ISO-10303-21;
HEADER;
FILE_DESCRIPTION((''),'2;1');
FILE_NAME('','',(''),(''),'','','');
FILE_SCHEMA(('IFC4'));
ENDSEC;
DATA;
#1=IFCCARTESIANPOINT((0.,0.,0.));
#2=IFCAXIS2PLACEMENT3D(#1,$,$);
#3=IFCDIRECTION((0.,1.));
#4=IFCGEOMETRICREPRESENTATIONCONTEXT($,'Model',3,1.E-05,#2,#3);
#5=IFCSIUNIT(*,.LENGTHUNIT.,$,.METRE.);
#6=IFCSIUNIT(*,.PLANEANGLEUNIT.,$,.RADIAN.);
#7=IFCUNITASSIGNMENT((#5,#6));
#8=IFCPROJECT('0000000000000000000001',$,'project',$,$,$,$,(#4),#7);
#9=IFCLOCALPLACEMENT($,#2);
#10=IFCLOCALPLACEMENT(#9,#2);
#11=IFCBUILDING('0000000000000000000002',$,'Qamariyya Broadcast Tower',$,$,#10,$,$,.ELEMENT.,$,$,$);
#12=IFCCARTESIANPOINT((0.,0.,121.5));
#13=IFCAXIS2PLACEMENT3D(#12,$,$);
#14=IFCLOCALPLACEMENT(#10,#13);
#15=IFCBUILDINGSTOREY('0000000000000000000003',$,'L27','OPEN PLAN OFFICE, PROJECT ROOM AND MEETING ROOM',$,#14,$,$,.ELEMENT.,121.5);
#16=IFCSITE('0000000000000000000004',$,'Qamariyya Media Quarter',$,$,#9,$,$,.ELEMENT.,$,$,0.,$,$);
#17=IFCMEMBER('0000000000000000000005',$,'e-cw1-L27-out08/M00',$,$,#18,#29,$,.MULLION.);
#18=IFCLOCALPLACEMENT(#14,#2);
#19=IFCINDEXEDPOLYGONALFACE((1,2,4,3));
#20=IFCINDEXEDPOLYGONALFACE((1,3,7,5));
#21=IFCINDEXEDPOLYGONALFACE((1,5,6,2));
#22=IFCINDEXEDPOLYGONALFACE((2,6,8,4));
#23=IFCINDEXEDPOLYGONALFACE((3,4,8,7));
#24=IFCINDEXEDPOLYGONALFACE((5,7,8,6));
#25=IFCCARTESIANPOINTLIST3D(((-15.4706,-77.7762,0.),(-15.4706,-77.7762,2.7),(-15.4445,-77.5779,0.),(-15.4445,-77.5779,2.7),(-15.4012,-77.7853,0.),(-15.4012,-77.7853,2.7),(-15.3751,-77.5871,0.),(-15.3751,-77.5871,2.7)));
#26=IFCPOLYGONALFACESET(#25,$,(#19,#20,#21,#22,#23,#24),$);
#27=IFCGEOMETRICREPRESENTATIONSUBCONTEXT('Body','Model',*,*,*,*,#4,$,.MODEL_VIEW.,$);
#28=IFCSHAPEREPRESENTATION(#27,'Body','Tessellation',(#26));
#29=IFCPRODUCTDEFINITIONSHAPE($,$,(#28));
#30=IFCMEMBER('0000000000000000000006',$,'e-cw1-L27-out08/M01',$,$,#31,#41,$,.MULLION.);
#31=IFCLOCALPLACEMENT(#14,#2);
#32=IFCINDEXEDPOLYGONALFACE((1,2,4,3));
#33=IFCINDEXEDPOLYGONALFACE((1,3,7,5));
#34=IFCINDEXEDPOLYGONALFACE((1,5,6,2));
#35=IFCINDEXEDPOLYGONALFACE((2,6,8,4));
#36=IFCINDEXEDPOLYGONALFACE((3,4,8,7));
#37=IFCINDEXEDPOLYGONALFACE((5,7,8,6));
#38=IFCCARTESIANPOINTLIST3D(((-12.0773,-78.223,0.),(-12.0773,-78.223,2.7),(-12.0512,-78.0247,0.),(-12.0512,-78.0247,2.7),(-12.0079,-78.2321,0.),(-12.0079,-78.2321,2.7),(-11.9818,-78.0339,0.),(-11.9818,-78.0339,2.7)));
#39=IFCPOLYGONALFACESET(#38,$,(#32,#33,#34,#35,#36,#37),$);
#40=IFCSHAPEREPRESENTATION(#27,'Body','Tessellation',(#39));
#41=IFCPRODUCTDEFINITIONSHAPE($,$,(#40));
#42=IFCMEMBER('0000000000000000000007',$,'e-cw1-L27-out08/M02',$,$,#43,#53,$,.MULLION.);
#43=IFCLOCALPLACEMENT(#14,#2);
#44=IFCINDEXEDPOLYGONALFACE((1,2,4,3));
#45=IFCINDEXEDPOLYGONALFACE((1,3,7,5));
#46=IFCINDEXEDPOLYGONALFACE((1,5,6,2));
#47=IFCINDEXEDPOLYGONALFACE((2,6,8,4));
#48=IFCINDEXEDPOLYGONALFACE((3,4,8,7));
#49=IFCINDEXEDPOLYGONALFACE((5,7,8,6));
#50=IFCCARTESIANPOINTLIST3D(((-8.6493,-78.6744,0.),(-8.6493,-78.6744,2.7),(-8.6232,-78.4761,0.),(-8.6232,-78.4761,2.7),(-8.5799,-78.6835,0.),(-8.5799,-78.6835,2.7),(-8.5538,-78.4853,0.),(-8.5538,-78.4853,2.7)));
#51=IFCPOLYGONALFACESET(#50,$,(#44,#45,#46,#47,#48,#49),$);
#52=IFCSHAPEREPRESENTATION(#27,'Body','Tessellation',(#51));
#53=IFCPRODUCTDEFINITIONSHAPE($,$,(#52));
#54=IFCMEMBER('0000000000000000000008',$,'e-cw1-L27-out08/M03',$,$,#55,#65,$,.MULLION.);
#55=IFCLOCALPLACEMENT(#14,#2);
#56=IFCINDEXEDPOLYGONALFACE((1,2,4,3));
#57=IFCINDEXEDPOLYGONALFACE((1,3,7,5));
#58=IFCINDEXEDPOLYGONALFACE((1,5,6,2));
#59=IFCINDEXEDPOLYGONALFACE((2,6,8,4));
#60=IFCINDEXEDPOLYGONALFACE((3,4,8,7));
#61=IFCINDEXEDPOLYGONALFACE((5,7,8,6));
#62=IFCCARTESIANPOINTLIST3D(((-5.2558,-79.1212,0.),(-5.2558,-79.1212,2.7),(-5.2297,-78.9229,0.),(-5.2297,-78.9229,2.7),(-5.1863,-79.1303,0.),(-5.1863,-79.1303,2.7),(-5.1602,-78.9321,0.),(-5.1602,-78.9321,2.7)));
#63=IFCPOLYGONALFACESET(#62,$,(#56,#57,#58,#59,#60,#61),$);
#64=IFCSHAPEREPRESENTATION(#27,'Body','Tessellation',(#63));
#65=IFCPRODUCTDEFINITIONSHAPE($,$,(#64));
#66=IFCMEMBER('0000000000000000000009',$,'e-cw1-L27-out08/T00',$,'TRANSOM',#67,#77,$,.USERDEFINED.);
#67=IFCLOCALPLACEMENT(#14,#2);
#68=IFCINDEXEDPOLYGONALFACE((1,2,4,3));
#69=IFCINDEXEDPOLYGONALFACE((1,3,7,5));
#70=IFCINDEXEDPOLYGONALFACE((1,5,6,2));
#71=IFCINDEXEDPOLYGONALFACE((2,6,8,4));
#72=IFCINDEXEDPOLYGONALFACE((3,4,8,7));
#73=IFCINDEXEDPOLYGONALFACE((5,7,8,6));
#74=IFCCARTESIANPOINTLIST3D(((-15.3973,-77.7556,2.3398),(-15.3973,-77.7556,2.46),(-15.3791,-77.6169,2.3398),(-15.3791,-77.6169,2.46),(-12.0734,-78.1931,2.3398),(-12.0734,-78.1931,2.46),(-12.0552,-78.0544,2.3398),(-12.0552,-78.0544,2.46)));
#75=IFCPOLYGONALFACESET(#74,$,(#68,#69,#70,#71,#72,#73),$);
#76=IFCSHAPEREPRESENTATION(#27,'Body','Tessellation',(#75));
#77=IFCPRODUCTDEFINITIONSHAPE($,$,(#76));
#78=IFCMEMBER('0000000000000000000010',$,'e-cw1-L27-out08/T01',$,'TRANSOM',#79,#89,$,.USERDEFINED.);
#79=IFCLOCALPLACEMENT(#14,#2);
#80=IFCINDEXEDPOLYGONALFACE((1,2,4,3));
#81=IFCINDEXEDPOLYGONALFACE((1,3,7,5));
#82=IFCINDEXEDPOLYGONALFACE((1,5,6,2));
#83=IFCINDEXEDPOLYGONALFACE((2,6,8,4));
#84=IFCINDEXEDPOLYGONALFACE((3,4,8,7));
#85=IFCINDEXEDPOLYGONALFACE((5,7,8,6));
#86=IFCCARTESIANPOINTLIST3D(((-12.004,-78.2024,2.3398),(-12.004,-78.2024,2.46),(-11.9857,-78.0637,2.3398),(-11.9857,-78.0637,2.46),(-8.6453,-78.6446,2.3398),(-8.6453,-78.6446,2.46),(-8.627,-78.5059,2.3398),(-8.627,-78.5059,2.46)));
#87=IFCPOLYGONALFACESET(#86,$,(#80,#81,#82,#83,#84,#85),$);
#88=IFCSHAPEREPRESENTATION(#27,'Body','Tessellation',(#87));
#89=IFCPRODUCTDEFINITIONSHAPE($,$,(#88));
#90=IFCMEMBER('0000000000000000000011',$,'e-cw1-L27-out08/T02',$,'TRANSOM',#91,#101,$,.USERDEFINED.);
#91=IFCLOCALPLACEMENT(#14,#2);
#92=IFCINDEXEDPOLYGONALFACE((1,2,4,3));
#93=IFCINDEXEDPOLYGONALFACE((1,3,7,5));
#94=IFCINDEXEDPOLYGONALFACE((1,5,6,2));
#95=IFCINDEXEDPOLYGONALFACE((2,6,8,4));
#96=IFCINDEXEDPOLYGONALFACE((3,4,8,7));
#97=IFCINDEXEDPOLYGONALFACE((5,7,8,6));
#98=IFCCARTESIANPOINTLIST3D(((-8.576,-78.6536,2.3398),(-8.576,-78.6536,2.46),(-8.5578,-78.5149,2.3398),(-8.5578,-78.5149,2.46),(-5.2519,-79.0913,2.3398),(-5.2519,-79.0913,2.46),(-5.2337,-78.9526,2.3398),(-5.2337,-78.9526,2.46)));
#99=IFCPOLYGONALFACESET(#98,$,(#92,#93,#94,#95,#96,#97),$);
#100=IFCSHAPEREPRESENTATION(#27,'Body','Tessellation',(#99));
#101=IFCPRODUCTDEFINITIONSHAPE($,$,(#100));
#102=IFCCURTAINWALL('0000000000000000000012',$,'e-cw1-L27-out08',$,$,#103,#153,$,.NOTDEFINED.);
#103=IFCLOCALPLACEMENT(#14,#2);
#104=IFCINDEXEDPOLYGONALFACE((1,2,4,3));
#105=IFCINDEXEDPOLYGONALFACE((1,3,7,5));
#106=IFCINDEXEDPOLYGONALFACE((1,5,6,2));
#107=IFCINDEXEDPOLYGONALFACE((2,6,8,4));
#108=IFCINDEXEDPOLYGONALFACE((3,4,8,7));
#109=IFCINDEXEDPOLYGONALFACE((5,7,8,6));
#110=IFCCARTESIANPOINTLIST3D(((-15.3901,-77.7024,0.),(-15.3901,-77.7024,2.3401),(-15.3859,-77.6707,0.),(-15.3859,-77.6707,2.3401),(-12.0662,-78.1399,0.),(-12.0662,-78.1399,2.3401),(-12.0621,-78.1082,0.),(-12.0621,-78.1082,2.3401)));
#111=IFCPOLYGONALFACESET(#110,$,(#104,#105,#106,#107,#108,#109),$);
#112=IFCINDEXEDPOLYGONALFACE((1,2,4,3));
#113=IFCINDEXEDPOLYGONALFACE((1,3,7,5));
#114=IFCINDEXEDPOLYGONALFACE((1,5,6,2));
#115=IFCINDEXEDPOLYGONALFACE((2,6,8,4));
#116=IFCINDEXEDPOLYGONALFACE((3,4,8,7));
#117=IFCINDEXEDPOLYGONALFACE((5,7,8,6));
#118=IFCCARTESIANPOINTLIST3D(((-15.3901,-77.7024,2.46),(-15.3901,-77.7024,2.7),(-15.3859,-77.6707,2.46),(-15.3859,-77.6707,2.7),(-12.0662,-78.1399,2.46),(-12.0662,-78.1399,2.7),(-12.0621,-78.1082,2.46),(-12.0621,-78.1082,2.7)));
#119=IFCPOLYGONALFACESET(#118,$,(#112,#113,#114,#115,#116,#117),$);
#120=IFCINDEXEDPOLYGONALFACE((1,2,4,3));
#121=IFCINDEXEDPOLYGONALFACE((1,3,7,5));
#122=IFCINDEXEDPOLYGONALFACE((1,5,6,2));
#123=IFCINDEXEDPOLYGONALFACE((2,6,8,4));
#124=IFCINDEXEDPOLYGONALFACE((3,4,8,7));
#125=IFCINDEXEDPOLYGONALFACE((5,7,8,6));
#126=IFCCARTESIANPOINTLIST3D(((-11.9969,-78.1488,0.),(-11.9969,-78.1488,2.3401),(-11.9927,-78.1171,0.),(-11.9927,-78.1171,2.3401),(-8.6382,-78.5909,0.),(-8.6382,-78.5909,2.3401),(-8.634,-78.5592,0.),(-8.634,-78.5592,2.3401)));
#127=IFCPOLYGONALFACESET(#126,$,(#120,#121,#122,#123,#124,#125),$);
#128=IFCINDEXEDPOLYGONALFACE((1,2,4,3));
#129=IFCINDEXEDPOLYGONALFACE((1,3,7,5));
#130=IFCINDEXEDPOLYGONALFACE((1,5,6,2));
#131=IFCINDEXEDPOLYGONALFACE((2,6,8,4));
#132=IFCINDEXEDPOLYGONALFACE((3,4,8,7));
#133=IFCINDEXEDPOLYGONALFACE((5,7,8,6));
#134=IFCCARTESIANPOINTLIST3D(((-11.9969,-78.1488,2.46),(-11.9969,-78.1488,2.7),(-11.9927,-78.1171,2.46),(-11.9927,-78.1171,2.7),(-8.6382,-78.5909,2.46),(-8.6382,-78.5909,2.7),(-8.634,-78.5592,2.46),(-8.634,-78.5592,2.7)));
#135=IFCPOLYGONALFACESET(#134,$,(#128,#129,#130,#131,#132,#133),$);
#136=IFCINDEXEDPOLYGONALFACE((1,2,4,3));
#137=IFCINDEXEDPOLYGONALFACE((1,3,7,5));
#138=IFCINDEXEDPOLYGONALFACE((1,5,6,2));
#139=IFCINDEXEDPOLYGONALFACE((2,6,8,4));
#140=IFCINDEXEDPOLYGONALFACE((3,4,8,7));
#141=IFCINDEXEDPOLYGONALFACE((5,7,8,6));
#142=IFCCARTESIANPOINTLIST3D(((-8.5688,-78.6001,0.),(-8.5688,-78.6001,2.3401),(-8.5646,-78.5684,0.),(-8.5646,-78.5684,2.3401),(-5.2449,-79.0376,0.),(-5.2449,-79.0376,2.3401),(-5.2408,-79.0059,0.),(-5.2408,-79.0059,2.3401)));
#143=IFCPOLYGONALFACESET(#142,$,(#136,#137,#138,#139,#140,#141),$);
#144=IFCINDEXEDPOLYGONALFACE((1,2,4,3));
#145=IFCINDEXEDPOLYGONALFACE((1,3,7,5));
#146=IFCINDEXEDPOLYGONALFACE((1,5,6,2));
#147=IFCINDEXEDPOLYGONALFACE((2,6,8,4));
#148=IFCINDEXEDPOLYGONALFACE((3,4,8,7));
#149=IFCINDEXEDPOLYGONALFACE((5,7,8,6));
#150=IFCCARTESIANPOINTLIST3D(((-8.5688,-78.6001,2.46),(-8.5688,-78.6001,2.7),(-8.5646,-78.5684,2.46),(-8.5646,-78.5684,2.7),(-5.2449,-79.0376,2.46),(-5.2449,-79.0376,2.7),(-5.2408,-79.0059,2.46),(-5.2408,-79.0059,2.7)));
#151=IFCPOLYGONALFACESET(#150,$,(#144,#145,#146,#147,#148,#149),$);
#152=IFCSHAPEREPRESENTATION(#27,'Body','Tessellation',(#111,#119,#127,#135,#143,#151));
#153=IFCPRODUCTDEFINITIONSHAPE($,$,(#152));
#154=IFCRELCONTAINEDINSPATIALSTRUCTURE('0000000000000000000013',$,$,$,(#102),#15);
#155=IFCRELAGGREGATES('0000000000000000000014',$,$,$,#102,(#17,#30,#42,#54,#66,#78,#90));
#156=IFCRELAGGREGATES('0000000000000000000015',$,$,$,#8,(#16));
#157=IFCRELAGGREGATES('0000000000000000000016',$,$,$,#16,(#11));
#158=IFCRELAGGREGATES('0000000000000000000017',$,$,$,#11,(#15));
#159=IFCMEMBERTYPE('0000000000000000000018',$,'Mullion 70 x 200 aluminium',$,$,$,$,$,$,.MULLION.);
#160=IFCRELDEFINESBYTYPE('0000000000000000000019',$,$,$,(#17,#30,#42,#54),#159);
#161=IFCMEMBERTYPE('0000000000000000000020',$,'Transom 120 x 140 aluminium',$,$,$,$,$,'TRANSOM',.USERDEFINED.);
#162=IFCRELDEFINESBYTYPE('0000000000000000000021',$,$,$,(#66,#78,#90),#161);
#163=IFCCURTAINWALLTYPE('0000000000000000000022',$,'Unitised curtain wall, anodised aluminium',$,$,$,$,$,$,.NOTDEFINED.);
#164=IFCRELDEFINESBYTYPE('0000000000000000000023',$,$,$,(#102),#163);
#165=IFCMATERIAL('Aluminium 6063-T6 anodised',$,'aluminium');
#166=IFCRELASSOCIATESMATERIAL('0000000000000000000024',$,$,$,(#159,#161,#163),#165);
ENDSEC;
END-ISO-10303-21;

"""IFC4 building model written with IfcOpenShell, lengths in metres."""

from ifc_helpers import new_model, si_unit, direction, frame, origin, origin_2d, place, context, subcontext, project, spatial, rectangle, extrude, material, material_profile, profile_set, type_object, element, aggregate, save


model = new_model("IFC4")

# Units and contexts
model_context = context("Model", 3, precision=1e-05, world=origin(), true_north=direction((0.0, 1.0)))
body_context = subcontext(model_context, "Body", "Model", "MODEL_VIEW")
ifc_project = project(units=[si_unit("LENGTHUNIT", "METRE"), si_unit("PLANEANGLEUNIT", "RADIAN")], contexts=[model_context])

# Members
ifc_material = material(Name="Aluminium 6063-T6 anodised", Category="aluminium")
ifc_material_profile_1 = material_profile(ifc_material, rectangle(XDim=0.2, YDim=0.0701, at=origin_2d()))
ifc_profile_set_1 = profile_set([ifc_material_profile_1], Name="Aluminium 6063-T6 anodised")
member_type_1 = type_object("IfcMemberType", Name="Mullion 70 x 200 aluminium", PredefinedType="MULLION", material=ifc_profile_set_1)
site_placement = place(None, origin())
building_placement = place(site_placement, origin())
storey_placement = place(building_placement, frame((0.0, 0.0, 121.5)))
member_1_placement = place(storey_placement, frame((-15.4229, -77.6816, 0.0), z_axis=(0.0, 0.0, 1.0), x_axis=(0.130526, 0.991445, 0.0)))
member_1 = element("IfcMember", 1, at=member_1_placement, type_object=member_type_1, Name="e-cw1-L27-out08/M00", PredefinedType="MULLION", context=body_context, shape_type="SweptSolid", body=[
    extrude(rectangle(XDim=0.2, YDim=0.0701, at=origin_2d()), origin(), (0.0, 0.0, 1.0), 2.7),
])
member_2_placement = place(storey_placement, frame((-12.0295, -78.1284, 0.0), z_axis=(0.0, 0.0, 1.0), x_axis=(0.130526, 0.991445, 0.0)))
member_2 = element("IfcMember", 2, at=member_2_placement, type_object=member_type_1, Name="e-cw1-L27-out08/M01", PredefinedType="MULLION", context=body_context, shape_type="SweptSolid", body=[
    extrude(rectangle(XDim=0.2, YDim=0.0701, at=origin_2d()), origin(), (0.0, 0.0, 1.0), 2.7),
])
member_3_placement = place(storey_placement, frame((-8.6016, -78.5798, 0.0), z_axis=(0.0, 0.0, 1.0), x_axis=(0.130526, 0.991445, 0.0)))
member_3 = element("IfcMember", 3, at=member_3_placement, type_object=member_type_1, Name="e-cw1-L27-out08/M02", PredefinedType="MULLION", context=body_context, shape_type="SweptSolid", body=[
    extrude(rectangle(XDim=0.2, YDim=0.0701, at=origin_2d()), origin(), (0.0, 0.0, 1.0), 2.7),
])
member_4_placement = place(storey_placement, frame((-5.208, -79.0266, 0.0), z_axis=(0.0, 0.0, 1.0), x_axis=(0.130526, 0.991445, 0.0)))
member_4 = element("IfcMember", 4, at=member_4_placement, type_object=member_type_1, Name="e-cw1-L27-out08/M03", PredefinedType="MULLION", context=body_context, shape_type="SweptSolid", body=[
    extrude(rectangle(XDim=0.2, YDim=0.0701, at=origin_2d()), origin(), (0.0, 0.0, 1.0), 2.7),
])
ifc_material_profile_2 = material_profile(ifc_material, rectangle(XDim=0.1399, YDim=0.1201, at=origin_2d()))
ifc_profile_set_2 = profile_set([ifc_material_profile_2], Name="Aluminium 6063-T6 anodised")
member_type_2 = type_object("IfcMemberType", Name="Transom 120 x 140 aluminium", ElementType="TRANSOM", PredefinedType="USERDEFINED", material=ifc_profile_set_2)
member_5_placement = place(storey_placement, frame((-15.3882, -77.6863, 2.3999), z_axis=(0.991449, -0.130494, 0.0), x_axis=(0.130494, 0.991449, 0.0)))
member_5 = element("IfcMember", 5, at=member_5_placement, type_object=member_type_2, Name="e-cw1-L27-out08/T00", ObjectType="TRANSOM", PredefinedType="USERDEFINED", context=body_context, shape_type="SweptSolid", body=[
    extrude(rectangle(XDim=0.1399, YDim=0.1201, at=origin_2d()), origin(), (0.0, 0.0, 1.0), 3.3525),
])
member_6_placement = place(storey_placement, frame((-11.9949, -78.1331, 2.3999), z_axis=(0.991446, -0.130516, 0.0), x_axis=(0.130516, 0.991446, 0.0)))
member_6 = element("IfcMember", 6, at=member_6_placement, type_object=member_type_2, Name="e-cw1-L27-out08/T01", ObjectType="TRANSOM", PredefinedType="USERDEFINED", context=body_context, shape_type="SweptSolid", body=[
    extrude(rectangle(XDim=0.1399, YDim=0.1201, at=origin_2d()), origin(), (0.0, 0.0, 1.0), 3.3877),
])
member_7_placement = place(storey_placement, frame((-8.5669, -78.5842, 2.3999), z_axis=(0.99144, -0.130566, 0.0), x_axis=(0.130566, 0.99144, 0.0)))
member_7 = element("IfcMember", 7, at=member_7_placement, type_object=member_type_2, Name="e-cw1-L27-out08/T02", ObjectType="TRANSOM", PredefinedType="USERDEFINED", context=body_context, shape_type="SweptSolid", body=[
    extrude(rectangle(XDim=0.1399, YDim=0.1201, at=origin_2d()), origin(), (0.0, 0.0, 1.0), 3.3528),
])

# Site, building, storey
site = spatial("IfcSite", under=ifc_project, at=site_placement, Name="Qamariyya Media Quarter", CompositionType="ELEMENT", RefElevation=0.0)
building = spatial("IfcBuilding", under=site, at=building_placement, Name="Qamariyya Broadcast Tower", CompositionType="ELEMENT")
storey = spatial("IfcBuildingStorey", under=building, at=storey_placement, Name="L27", Description="OPEN PLAN OFFICE, PROJECT ROOM AND MEETING ROOM", CompositionType="ELEMENT", Elevation=121.5)

# Curtain wall
curtain_wall_type = type_object("IfcCurtainWallType", Name="Unitised curtain wall, anodised aluminium", PredefinedType="NOTDEFINED", material=ifc_material)
curtain_wall_1_placement = place(storey_placement, origin())
curtain_wall_1 = element("IfcCurtainWall", 8, at=curtain_wall_1_placement, inside=storey, type_object=curtain_wall_type, Name="e-cw1-L27-out08", PredefinedType="NOTDEFINED", context=body_context, shape_type="SweptSolid", body=[
    extrude(rectangle(XDim=3.3525, YDim=0.032, at=origin_2d()), frame((-13.7261, -77.9053, 0.0), x_axis=(0.991447, -0.130509, 0.0)), (0.0, 0.0, 1.0), 2.3401),
    extrude(rectangle(XDim=3.3525, YDim=0.032, at=origin_2d()), frame((-13.7261, -77.9053, 2.46), x_axis=(0.991447, -0.130509, 0.0)), (0.0, 0.0, 1.0), 0.24),
    extrude(rectangle(XDim=3.3877, YDim=0.032, at=origin_2d()), frame((-10.3154, -78.354, 0.0), x_axis=(0.991447, -0.130509, 0.0)), (0.0, 0.0, 1.0), 2.3401),
    extrude(rectangle(XDim=3.3877, YDim=0.032, at=origin_2d()), frame((-10.3154, -78.354, 2.46), x_axis=(0.991447, -0.130509, 0.0)), (0.0, 0.0, 1.0), 0.24),
    extrude(rectangle(XDim=3.3525, YDim=0.032, at=origin_2d()), frame((-6.9048, -78.803, 0.0), x_axis=(0.991447, -0.130509, 0.0)), (0.0, 0.0, 1.0), 2.3401),
    extrude(rectangle(XDim=3.3525, YDim=0.032, at=origin_2d()), frame((-6.9048, -78.803, 2.46), x_axis=(0.991447, -0.130509, 0.0)), (0.0, 0.0, 1.0), 0.24),
])
aggregate(curtain_wall_1, [member_1, member_2, member_3, member_4, member_5, member_6, member_7])

save(model, "model.ifc")
